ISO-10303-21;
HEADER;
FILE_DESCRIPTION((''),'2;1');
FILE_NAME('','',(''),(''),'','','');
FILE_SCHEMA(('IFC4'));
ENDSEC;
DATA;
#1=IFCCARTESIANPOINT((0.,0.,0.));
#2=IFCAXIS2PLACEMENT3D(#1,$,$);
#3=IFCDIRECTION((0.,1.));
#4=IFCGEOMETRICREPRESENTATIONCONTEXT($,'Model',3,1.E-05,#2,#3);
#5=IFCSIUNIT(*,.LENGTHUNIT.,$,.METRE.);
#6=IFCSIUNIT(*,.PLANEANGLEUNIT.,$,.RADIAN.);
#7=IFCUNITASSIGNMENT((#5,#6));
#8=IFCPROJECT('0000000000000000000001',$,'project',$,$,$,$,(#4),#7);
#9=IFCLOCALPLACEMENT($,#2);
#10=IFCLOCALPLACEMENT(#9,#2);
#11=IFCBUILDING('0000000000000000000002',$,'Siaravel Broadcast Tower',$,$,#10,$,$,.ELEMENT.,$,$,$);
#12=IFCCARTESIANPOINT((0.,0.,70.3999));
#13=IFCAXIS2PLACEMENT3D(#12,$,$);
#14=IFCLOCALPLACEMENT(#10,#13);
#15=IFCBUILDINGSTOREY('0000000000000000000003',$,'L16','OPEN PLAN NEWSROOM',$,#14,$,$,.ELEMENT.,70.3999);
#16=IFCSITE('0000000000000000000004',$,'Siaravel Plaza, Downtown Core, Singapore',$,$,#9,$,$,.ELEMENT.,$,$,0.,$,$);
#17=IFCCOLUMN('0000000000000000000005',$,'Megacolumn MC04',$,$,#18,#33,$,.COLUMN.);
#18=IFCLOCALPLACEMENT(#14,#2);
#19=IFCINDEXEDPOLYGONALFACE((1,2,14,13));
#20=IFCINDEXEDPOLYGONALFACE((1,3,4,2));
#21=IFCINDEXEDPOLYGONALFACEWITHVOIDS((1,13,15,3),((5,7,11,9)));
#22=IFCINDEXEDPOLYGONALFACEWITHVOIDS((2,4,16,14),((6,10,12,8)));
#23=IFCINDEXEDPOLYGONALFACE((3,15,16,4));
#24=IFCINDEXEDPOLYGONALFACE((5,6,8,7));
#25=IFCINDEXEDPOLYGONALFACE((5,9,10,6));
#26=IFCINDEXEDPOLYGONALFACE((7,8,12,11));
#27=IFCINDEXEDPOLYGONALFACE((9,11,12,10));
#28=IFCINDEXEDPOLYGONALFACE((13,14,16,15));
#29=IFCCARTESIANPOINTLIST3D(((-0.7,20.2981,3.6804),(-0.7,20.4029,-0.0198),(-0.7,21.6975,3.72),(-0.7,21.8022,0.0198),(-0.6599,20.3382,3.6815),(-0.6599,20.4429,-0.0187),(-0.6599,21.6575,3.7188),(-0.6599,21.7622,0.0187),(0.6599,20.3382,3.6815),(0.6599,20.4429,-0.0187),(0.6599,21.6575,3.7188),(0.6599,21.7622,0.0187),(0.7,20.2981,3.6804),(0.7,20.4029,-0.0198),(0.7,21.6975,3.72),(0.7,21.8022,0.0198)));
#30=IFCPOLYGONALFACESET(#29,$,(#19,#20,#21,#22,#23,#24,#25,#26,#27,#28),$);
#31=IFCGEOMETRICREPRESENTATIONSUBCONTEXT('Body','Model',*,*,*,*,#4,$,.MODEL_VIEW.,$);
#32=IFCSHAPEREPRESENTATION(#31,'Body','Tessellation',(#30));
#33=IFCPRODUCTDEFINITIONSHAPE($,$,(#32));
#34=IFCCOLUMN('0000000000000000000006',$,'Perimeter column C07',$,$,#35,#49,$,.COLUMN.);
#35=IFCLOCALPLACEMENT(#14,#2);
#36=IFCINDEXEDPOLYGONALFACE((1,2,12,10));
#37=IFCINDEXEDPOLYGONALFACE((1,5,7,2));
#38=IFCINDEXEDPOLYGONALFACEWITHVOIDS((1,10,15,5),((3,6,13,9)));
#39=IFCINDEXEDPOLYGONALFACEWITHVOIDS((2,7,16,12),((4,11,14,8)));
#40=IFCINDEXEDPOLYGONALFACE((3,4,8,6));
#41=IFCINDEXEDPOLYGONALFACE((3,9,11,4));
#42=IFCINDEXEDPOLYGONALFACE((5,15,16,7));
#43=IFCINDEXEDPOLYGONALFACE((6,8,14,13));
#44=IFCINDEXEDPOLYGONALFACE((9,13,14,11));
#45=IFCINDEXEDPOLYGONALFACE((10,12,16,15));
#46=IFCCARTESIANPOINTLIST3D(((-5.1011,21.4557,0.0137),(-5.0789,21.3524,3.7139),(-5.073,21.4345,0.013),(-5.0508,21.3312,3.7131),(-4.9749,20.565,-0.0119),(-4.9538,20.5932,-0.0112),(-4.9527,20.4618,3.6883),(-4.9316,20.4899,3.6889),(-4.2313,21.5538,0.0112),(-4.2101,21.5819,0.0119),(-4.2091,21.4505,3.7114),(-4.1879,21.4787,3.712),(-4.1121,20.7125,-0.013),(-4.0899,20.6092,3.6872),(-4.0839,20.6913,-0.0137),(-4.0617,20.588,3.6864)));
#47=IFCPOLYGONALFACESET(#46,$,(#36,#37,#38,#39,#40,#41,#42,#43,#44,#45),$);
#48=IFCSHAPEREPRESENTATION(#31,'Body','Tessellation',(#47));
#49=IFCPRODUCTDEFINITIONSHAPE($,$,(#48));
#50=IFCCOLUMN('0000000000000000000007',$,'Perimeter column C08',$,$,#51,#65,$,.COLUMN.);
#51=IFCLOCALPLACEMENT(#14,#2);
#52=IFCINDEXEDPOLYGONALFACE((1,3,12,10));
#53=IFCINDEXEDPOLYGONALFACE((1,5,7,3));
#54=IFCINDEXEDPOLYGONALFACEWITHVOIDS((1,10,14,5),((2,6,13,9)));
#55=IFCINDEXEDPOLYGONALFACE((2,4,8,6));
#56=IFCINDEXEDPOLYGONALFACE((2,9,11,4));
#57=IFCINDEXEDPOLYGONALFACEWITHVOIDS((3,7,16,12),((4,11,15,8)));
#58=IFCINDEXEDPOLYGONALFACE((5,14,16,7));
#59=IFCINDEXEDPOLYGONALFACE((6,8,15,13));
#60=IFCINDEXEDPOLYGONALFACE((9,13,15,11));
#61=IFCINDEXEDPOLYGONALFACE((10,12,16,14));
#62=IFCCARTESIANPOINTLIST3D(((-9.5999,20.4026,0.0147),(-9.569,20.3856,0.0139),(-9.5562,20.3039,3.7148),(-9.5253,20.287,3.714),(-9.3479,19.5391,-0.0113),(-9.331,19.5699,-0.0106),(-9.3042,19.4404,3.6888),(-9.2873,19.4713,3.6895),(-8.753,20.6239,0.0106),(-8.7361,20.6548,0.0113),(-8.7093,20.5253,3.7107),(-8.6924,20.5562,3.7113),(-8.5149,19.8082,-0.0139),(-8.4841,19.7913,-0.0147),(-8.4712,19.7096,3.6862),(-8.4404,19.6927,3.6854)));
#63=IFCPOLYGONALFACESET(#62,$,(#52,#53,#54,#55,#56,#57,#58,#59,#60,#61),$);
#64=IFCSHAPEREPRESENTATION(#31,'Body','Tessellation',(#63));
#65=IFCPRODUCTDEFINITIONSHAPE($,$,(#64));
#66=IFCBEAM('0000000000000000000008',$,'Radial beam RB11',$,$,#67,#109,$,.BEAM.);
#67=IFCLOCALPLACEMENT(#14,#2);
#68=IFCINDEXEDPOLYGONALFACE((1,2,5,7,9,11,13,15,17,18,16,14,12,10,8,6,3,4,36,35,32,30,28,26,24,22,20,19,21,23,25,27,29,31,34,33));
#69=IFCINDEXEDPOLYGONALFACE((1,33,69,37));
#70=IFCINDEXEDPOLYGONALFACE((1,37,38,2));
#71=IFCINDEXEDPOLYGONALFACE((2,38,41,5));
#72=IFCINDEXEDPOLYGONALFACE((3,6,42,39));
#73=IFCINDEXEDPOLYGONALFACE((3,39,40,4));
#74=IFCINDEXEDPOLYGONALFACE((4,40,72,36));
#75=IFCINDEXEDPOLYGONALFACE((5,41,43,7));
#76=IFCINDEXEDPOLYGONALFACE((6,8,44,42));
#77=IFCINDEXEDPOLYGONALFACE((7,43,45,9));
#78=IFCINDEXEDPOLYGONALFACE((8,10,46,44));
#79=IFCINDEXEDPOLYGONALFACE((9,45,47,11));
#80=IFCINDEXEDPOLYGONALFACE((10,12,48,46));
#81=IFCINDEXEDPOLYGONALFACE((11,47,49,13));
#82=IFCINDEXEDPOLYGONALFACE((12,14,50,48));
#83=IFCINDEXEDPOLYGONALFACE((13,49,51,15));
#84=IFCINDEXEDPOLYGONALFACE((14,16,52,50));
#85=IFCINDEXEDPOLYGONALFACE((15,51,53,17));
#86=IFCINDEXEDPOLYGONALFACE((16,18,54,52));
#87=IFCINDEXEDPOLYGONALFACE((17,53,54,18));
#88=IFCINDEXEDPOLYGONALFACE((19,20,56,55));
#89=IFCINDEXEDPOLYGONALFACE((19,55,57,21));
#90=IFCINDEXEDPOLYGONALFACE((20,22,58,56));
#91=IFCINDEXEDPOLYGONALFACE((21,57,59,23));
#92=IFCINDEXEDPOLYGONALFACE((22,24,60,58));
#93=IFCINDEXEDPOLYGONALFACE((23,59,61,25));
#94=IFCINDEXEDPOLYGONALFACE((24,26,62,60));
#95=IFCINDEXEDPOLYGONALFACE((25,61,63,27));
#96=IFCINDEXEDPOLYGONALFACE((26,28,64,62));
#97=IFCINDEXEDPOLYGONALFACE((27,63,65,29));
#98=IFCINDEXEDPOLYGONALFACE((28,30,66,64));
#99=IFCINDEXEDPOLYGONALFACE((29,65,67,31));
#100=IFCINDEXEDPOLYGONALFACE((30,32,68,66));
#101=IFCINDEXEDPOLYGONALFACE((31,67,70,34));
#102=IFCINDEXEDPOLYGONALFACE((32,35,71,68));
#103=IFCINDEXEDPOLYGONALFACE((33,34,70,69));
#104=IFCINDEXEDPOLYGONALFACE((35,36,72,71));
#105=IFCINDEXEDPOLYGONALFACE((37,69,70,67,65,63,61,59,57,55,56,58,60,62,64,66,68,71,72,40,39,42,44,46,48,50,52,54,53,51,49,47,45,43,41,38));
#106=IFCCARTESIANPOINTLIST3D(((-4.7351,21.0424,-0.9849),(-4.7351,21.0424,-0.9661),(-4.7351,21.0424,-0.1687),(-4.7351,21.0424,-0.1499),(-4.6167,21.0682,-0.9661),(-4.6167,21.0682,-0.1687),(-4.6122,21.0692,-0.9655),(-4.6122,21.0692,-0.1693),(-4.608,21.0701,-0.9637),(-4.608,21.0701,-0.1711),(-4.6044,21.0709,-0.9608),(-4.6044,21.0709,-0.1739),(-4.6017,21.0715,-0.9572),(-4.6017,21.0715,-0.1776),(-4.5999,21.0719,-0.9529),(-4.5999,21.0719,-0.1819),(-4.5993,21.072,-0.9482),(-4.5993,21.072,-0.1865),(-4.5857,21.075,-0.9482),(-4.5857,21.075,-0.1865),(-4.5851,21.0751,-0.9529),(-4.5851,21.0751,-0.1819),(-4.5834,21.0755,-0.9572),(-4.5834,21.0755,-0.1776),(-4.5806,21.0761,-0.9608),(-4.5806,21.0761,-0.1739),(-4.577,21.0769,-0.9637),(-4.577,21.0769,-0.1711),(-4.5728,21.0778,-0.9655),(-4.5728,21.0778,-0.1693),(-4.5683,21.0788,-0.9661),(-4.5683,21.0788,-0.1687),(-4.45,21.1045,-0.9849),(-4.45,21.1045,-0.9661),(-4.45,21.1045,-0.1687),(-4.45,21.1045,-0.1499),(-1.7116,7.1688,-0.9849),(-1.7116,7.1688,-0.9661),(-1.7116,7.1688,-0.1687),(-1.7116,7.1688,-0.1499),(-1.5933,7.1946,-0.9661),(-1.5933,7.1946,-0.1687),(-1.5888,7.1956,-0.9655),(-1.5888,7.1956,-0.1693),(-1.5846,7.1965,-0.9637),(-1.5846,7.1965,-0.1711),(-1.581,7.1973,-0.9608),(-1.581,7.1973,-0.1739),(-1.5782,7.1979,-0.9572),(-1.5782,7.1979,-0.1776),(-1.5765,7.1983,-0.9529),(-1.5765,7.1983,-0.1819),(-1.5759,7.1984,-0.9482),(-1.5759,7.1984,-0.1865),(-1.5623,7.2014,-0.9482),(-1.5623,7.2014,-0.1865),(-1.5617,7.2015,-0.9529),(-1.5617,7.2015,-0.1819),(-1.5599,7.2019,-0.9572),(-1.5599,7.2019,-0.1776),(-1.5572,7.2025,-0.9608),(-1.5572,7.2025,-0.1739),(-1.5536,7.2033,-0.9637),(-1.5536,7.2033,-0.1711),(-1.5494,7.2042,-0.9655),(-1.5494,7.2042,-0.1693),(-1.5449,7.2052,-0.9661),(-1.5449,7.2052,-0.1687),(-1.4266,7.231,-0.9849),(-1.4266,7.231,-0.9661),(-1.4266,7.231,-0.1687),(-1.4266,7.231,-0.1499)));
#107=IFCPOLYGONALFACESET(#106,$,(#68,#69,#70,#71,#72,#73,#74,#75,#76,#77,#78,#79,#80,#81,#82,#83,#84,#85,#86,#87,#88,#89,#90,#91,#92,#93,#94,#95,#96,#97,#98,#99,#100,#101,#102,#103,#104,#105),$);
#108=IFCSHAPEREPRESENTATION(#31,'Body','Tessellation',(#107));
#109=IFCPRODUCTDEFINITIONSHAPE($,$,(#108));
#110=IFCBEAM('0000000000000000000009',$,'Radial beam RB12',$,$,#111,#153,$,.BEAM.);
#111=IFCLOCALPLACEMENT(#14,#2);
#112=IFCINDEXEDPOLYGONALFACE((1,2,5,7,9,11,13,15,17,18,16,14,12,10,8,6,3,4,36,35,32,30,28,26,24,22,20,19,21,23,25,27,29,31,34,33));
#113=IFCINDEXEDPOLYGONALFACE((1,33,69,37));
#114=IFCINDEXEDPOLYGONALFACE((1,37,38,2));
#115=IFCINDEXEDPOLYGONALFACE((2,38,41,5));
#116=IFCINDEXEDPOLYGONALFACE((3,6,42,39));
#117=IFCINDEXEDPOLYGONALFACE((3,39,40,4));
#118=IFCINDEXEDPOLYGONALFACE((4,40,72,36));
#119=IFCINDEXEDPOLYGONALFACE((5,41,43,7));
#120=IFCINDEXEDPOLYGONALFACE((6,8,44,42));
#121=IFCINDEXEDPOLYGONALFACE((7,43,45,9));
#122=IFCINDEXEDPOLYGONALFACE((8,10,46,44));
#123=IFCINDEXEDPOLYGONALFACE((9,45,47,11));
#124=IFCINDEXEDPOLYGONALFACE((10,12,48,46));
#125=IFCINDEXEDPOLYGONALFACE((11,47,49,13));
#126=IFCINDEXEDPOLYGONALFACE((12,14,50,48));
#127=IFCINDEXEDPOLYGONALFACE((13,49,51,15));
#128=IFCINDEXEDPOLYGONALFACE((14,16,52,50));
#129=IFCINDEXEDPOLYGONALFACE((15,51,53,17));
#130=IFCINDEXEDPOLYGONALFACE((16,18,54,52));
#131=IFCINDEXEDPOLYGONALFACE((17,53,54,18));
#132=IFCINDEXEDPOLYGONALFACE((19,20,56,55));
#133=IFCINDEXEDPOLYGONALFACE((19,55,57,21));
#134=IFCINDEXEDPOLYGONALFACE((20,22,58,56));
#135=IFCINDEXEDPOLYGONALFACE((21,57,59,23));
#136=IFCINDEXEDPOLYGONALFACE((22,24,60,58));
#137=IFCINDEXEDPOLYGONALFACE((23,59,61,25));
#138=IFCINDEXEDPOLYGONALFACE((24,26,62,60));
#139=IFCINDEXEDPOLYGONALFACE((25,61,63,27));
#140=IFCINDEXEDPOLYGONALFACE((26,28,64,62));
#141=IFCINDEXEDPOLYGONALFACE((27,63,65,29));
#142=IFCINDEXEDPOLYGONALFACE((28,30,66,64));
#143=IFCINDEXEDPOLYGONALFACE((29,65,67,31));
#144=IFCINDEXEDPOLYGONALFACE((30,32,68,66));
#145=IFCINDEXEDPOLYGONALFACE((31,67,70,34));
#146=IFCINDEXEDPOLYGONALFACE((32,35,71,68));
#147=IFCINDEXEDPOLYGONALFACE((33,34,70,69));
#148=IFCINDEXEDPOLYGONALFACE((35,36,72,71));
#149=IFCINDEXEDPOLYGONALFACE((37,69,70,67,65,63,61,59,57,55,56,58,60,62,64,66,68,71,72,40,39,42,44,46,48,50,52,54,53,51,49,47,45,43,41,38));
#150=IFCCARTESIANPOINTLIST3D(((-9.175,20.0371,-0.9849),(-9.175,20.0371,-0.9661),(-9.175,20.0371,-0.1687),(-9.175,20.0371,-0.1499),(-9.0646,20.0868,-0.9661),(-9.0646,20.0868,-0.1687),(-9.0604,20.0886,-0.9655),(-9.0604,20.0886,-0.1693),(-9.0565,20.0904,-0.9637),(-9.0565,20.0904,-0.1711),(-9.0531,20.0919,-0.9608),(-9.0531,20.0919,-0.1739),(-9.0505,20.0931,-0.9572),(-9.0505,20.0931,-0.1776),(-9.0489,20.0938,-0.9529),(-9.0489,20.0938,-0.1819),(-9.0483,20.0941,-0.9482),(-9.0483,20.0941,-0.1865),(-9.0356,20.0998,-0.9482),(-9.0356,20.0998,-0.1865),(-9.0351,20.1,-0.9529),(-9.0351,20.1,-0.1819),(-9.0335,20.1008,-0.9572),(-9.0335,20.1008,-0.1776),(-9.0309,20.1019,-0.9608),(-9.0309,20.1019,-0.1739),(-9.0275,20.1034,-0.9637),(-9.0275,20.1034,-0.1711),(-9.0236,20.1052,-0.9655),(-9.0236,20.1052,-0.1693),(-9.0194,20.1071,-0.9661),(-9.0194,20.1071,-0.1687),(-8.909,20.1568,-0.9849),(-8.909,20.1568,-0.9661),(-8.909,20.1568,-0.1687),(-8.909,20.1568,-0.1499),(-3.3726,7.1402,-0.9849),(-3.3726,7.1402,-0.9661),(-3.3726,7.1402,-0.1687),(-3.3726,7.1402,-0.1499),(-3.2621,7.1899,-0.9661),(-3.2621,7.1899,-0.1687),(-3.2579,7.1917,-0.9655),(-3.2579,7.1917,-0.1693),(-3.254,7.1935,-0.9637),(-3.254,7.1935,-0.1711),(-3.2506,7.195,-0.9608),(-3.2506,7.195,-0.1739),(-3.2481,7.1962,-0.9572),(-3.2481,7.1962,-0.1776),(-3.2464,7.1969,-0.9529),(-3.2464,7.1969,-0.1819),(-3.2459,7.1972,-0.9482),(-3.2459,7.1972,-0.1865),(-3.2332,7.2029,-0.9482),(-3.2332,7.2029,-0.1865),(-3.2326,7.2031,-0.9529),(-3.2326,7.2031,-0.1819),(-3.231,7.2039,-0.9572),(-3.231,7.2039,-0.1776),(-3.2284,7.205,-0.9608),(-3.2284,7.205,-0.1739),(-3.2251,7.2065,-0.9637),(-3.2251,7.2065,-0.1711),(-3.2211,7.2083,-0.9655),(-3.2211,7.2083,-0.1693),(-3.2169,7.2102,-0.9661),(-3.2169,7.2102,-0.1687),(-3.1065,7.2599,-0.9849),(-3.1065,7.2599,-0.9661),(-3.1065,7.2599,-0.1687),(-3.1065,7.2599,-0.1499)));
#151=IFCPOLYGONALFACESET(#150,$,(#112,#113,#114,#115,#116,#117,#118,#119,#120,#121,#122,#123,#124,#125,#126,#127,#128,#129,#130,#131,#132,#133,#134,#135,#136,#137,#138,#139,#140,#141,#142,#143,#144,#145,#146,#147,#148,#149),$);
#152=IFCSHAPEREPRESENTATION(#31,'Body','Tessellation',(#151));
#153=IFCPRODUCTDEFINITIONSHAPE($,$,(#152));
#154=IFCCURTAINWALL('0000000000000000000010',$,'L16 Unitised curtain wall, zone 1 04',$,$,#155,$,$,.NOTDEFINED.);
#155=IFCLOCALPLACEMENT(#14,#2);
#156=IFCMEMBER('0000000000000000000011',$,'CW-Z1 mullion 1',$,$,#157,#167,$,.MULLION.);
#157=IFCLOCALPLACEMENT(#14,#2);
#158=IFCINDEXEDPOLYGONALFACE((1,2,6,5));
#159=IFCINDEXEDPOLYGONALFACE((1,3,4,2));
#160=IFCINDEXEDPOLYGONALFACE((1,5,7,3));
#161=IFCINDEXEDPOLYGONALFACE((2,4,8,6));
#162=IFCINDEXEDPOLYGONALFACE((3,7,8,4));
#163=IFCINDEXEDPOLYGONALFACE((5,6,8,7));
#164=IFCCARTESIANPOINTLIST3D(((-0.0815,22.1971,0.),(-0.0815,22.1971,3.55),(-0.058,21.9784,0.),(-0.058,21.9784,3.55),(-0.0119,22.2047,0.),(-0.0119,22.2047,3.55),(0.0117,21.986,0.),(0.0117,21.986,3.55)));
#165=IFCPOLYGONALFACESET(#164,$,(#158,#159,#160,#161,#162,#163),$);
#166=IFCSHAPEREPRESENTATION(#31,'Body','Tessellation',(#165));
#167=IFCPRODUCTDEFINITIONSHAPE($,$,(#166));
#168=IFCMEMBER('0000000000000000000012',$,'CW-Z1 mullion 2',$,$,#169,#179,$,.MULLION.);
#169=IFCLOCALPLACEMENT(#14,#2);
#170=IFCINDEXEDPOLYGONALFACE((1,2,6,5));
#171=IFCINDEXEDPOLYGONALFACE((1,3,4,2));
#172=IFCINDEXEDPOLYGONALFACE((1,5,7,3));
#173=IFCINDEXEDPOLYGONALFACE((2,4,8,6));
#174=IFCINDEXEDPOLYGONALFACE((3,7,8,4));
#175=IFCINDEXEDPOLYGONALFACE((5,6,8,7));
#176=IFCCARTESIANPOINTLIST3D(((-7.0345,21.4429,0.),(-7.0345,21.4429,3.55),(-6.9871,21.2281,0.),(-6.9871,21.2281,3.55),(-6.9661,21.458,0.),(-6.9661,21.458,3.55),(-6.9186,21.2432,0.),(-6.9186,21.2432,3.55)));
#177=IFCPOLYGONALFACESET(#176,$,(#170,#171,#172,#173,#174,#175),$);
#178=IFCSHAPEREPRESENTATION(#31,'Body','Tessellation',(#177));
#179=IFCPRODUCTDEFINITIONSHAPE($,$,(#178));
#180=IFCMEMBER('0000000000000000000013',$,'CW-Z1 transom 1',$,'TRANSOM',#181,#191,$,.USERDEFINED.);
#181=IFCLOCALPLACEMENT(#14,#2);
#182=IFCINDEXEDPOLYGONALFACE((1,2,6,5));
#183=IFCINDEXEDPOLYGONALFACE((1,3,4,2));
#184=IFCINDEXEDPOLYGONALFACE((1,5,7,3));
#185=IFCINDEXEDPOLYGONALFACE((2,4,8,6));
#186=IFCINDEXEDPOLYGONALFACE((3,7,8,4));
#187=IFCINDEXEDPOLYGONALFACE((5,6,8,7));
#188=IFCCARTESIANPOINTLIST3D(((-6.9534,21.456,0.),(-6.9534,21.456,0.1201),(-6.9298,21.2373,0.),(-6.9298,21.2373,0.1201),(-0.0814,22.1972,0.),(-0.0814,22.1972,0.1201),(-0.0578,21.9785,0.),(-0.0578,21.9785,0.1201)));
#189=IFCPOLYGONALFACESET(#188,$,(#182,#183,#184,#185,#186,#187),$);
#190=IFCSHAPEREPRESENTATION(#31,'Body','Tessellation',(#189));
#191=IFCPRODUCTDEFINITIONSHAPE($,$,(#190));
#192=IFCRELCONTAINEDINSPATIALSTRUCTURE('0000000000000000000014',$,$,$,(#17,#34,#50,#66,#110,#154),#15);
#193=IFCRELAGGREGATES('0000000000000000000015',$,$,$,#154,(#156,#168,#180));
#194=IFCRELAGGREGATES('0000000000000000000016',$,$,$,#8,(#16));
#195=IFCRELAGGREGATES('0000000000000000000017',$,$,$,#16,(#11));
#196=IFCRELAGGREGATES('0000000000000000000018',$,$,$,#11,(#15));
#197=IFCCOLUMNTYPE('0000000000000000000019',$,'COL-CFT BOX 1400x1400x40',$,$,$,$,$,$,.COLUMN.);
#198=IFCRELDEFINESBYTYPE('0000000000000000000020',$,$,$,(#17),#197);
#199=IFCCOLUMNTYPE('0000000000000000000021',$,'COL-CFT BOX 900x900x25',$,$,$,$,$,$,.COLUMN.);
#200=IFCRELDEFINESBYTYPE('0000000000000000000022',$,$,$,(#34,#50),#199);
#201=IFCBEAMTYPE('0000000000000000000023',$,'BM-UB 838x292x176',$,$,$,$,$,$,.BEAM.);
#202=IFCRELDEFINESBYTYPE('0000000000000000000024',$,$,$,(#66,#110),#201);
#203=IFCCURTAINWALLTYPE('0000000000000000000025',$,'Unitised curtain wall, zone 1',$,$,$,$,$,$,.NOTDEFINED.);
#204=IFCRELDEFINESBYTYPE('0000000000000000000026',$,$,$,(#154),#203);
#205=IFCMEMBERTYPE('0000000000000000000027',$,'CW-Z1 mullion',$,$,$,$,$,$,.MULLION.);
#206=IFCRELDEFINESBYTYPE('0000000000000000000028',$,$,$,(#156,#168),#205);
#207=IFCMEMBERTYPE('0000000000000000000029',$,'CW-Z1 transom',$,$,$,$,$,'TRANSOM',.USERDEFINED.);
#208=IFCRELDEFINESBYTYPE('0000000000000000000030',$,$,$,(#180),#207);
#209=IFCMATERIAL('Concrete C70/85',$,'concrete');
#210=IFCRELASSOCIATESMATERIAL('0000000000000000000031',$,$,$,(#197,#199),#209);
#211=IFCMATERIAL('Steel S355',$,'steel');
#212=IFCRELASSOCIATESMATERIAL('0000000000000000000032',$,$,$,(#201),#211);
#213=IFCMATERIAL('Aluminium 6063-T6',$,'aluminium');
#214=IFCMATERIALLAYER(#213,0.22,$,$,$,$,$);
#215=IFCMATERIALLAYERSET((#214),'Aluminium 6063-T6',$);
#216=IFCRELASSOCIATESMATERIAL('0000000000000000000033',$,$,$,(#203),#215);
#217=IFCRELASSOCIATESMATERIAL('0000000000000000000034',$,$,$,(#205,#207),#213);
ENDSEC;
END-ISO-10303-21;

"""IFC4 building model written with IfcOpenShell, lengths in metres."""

from ifc_helpers import new_model, si_unit, direction, frame, origin, origin_2d, place, context, subcontext, project, spatial, rectangle, hollow_rectangle, i_section, extrude, material, layer, layer_set, material_profile, profile_set, type_object, element, aggregate, save


model = new_model("IFC4")

# Units and contexts
model_context = context("Model", 3, precision=1e-05, world=origin(), true_north=direction((0.0, 1.0)))
body_context = subcontext(model_context, "Body", "Model", "MODEL_VIEW")
ifc_project = project(units=[si_unit("LENGTHUNIT", "METRE"), si_unit("PLANEANGLEUNIT", "RADIAN")], contexts=[model_context])

# Site, building, storey
site_placement = place(None, origin())
site = spatial("IfcSite", under=ifc_project, at=site_placement, Name="Siaravel Plaza, Downtown Core, Singapore", CompositionType="ELEMENT", RefElevation=0.0)
building_placement = place(site_placement, origin())
building = spatial("IfcBuilding", under=site, at=building_placement, Name="Siaravel Broadcast Tower", CompositionType="ELEMENT")
storey_placement = place(building_placement, frame((0.0, 0.0, 70.3999)))
storey = spatial("IfcBuildingStorey", under=building, at=storey_placement, Name="L16", Description="OPEN PLAN NEWSROOM", CompositionType="ELEMENT", Elevation=70.3999)

# Columns
ifc_material_1 = material(Name="Concrete C70/85", Category="concrete")
ifc_material_profile_1 = material_profile(ifc_material_1, hollow_rectangle(XDim=1.3999, YDim=1.3999, WallThickness=0.04, at=origin_2d()))
ifc_profile_set_1 = profile_set([ifc_material_profile_1], Name="Concrete C70/85")
column_type_1 = type_object("IfcColumnType", Name="COL-CFT BOX 1400x1400x40", PredefinedType="COLUMN", material=ifc_profile_set_1)
column_placement = place(storey_placement, frame((0.0, 21.1025, 0.0), z_axis=(0.0, -0.028294, 0.9996), x_axis=(1.0, 0.0, 0.0)))
element("IfcColumn", 1, at=column_placement, inside=storey, type_object=column_type_1, Name="Megacolumn MC04", PredefinedType="COLUMN", context=body_context, shape_type="SweptSolid", body=[
    extrude(hollow_rectangle(XDim=1.3999, YDim=1.3999, WallThickness=0.04, at=origin_2d()), origin(), (0.0, 0.0, 1.0), 3.7017),
])
ifc_material_profile_2 = material_profile(ifc_material_1, hollow_rectangle(XDim=0.8999, YDim=0.8999, WallThickness=0.0249, at=origin_2d()))
ifc_profile_set_2 = profile_set([ifc_material_profile_2], Name="Concrete C70/85")
column_type_2 = type_object("IfcColumnType", Name="COL-CFT BOX 900x900x25", PredefinedType="COLUMN", material=ifc_profile_set_2)
for number, where, z_axis, x_axis, name in (
    (2, (-4.5925, 21.0735, 0.0), (0.006002, -0.027898, 0.999593), (0.990103, 0.140325, -0.002028), "Perimeter column C07"),
    (3, (-9.042, 20.0969, 0.0), (0.011805, -0.026645, 0.999575), (0.959911, 0.280277, -0.003866), "Perimeter column C08"),
):
    element("IfcColumn", number, at=place(storey_placement, frame(where, z_axis=z_axis, x_axis=x_axis)), inside=storey, type_object=column_type_2, Name=name, PredefinedType="COLUMN", context=body_context, shape_type="SweptSolid", body=[
        extrude(hollow_rectangle(XDim=0.8999, YDim=0.8999, WallThickness=0.0249, at=origin_2d()), origin(), (0.0, 0.0, 1.0), 3.7017),
    ])

# Beams
ifc_material_2 = material(Name="Steel S355", Category="steel")
ifc_material_profile_3 = material_profile(ifc_material_2, i_section(OverallWidth=0.2917, OverallDepth=0.835, WebThickness=0.0139, FlangeThickness=0.0188, FilletRadius=0.0178, at=origin_2d()))
ifc_profile_set_3 = profile_set([ifc_material_profile_3], Name="Steel S355")
beam_type = type_object("IfcBeamType", Name="BM-UB 838x292x176", PredefinedType="BEAM", material=ifc_profile_set_3)
beam_1_placement = place(storey_placement, frame((-4.5925, 21.0735, -0.5674), z_axis=(0.212931, -0.977067, 0.0), x_axis=(0.977067, 0.212931, 0.0)))
element("IfcBeam", 4, at=beam_1_placement, inside=storey, type_object=beam_type, Name="Radial beam RB11", PredefinedType="BEAM", context=body_context, shape_type="SweptSolid", body=[
    extrude(i_section(OverallWidth=0.2917, OverallDepth=0.835, WebThickness=0.0139, FlangeThickness=0.0188, FilletRadius=0.0178, at=origin_2d()), origin(), (0.0, 0.0, 1.0), 14.1992),
])
beam_2_placement = place(storey_placement, frame((-9.042, 20.0969, -0.5674), z_axis=(0.410297, -0.911952, 0.0), x_axis=(0.911952, 0.410297, 0.0)))
element("IfcBeam", 5, at=beam_2_placement, inside=storey, type_object=beam_type, Name="Radial beam RB12", PredefinedType="BEAM", context=body_context, shape_type="SweptSolid", body=[
    extrude(i_section(OverallWidth=0.2917, OverallDepth=0.835, WebThickness=0.0139, FlangeThickness=0.0188, FilletRadius=0.0178, at=origin_2d()), origin(), (0.0, 0.0, 1.0), 14.1421),
])

# Curtain wall, members
ifc_material_3 = material(Name="Aluminium 6063-T6", Category="aluminium")
ifc_layer_1 = layer(ifc_material_3, 0.22)
ifc_layer_set_1 = layer_set([ifc_layer_1], Name="Aluminium 6063-T6")
curtain_wall_type = type_object("IfcCurtainWallType", Name="Unitised curtain wall, zone 1", PredefinedType="NOTDEFINED", material=ifc_layer_set_1)
curtain_wall_placement = place(storey_placement, origin())
curtain_wall = element("IfcCurtainWall", 6, at=curtain_wall_placement, inside=storey, type_object=curtain_wall_type, Name="L16 Unitised curtain wall, zone 1 04", PredefinedType="NOTDEFINED")
ifc_material_profile_4 = material_profile(ifc_material_3, rectangle(XDim=0.22, YDim=0.0701, at=origin_2d()))
ifc_profile_set_4 = profile_set([ifc_material_profile_4], Name="Aluminium 6063-T6")
member_type_1 = type_object("IfcMemberType", Name="CW-Z1 mullion", PredefinedType="MULLION", material=ifc_profile_set_4)
member_1_placement = place(storey_placement, frame((-0.0349, 22.0916, 0.0), z_axis=(0.0, 0.0, 1.0), x_axis=(0.107218, -0.994236, 0.0)))
member_1 = element("IfcMember", 7, at=member_1_placement, type_object=member_type_1, Name="CW-Z1 mullion 1", PredefinedType="MULLION", context=body_context, shape_type="SweptSolid", body=[
    extrude(rectangle(XDim=0.22, YDim=0.0701, at=origin_2d()), origin(), (0.0, 0.0, 1.0), 3.55),
])
member_2_placement = place(storey_placement, frame((-6.9766, 21.343, 0.0), z_axis=(0.0, 0.0, 1.0), x_axis=(0.215558, -0.976491, 0.0)))
member_2 = element("IfcMember", 8, at=member_2_placement, type_object=member_type_1, Name="CW-Z1 mullion 2", PredefinedType="MULLION", context=body_context, shape_type="SweptSolid", body=[
    extrude(rectangle(XDim=0.22, YDim=0.0701, at=origin_2d()), origin(), (0.0, 0.0, 1.0), 3.55),
])
ifc_material_profile_5 = material_profile(ifc_material_3, rectangle(XDim=0.22, YDim=0.1201, at=origin_2d()))
ifc_profile_set_5 = profile_set([ifc_material_profile_5], Name="Aluminium 6063-T6")
member_type_2 = type_object("IfcMemberType", Name="CW-Z1 transom", ElementType="TRANSOM", PredefinedType="USERDEFINED", material=ifc_profile_set_5)
member_3_placement = place(storey_placement, frame((-0.0696, 22.0879, 0.0601), z_axis=(-0.994234, -0.107237, 0.0), x_axis=(0.107237, -0.994234, 0.0)))
member_3 = element("IfcMember", 9, at=member_3_placement, type_object=member_type_2, Name="CW-Z1 transom 1", ObjectType="TRANSOM", PredefinedType="USERDEFINED", context=body_context, shape_type="SweptSolid", body=[
    extrude(rectangle(XDim=0.22, YDim=0.1201, at=origin_2d()), origin(), (0.0, 0.0, 1.0), 6.9119),
])

aggregate(curtain_wall, [member_1, member_2, member_3])

save(model, "model.ifc")
